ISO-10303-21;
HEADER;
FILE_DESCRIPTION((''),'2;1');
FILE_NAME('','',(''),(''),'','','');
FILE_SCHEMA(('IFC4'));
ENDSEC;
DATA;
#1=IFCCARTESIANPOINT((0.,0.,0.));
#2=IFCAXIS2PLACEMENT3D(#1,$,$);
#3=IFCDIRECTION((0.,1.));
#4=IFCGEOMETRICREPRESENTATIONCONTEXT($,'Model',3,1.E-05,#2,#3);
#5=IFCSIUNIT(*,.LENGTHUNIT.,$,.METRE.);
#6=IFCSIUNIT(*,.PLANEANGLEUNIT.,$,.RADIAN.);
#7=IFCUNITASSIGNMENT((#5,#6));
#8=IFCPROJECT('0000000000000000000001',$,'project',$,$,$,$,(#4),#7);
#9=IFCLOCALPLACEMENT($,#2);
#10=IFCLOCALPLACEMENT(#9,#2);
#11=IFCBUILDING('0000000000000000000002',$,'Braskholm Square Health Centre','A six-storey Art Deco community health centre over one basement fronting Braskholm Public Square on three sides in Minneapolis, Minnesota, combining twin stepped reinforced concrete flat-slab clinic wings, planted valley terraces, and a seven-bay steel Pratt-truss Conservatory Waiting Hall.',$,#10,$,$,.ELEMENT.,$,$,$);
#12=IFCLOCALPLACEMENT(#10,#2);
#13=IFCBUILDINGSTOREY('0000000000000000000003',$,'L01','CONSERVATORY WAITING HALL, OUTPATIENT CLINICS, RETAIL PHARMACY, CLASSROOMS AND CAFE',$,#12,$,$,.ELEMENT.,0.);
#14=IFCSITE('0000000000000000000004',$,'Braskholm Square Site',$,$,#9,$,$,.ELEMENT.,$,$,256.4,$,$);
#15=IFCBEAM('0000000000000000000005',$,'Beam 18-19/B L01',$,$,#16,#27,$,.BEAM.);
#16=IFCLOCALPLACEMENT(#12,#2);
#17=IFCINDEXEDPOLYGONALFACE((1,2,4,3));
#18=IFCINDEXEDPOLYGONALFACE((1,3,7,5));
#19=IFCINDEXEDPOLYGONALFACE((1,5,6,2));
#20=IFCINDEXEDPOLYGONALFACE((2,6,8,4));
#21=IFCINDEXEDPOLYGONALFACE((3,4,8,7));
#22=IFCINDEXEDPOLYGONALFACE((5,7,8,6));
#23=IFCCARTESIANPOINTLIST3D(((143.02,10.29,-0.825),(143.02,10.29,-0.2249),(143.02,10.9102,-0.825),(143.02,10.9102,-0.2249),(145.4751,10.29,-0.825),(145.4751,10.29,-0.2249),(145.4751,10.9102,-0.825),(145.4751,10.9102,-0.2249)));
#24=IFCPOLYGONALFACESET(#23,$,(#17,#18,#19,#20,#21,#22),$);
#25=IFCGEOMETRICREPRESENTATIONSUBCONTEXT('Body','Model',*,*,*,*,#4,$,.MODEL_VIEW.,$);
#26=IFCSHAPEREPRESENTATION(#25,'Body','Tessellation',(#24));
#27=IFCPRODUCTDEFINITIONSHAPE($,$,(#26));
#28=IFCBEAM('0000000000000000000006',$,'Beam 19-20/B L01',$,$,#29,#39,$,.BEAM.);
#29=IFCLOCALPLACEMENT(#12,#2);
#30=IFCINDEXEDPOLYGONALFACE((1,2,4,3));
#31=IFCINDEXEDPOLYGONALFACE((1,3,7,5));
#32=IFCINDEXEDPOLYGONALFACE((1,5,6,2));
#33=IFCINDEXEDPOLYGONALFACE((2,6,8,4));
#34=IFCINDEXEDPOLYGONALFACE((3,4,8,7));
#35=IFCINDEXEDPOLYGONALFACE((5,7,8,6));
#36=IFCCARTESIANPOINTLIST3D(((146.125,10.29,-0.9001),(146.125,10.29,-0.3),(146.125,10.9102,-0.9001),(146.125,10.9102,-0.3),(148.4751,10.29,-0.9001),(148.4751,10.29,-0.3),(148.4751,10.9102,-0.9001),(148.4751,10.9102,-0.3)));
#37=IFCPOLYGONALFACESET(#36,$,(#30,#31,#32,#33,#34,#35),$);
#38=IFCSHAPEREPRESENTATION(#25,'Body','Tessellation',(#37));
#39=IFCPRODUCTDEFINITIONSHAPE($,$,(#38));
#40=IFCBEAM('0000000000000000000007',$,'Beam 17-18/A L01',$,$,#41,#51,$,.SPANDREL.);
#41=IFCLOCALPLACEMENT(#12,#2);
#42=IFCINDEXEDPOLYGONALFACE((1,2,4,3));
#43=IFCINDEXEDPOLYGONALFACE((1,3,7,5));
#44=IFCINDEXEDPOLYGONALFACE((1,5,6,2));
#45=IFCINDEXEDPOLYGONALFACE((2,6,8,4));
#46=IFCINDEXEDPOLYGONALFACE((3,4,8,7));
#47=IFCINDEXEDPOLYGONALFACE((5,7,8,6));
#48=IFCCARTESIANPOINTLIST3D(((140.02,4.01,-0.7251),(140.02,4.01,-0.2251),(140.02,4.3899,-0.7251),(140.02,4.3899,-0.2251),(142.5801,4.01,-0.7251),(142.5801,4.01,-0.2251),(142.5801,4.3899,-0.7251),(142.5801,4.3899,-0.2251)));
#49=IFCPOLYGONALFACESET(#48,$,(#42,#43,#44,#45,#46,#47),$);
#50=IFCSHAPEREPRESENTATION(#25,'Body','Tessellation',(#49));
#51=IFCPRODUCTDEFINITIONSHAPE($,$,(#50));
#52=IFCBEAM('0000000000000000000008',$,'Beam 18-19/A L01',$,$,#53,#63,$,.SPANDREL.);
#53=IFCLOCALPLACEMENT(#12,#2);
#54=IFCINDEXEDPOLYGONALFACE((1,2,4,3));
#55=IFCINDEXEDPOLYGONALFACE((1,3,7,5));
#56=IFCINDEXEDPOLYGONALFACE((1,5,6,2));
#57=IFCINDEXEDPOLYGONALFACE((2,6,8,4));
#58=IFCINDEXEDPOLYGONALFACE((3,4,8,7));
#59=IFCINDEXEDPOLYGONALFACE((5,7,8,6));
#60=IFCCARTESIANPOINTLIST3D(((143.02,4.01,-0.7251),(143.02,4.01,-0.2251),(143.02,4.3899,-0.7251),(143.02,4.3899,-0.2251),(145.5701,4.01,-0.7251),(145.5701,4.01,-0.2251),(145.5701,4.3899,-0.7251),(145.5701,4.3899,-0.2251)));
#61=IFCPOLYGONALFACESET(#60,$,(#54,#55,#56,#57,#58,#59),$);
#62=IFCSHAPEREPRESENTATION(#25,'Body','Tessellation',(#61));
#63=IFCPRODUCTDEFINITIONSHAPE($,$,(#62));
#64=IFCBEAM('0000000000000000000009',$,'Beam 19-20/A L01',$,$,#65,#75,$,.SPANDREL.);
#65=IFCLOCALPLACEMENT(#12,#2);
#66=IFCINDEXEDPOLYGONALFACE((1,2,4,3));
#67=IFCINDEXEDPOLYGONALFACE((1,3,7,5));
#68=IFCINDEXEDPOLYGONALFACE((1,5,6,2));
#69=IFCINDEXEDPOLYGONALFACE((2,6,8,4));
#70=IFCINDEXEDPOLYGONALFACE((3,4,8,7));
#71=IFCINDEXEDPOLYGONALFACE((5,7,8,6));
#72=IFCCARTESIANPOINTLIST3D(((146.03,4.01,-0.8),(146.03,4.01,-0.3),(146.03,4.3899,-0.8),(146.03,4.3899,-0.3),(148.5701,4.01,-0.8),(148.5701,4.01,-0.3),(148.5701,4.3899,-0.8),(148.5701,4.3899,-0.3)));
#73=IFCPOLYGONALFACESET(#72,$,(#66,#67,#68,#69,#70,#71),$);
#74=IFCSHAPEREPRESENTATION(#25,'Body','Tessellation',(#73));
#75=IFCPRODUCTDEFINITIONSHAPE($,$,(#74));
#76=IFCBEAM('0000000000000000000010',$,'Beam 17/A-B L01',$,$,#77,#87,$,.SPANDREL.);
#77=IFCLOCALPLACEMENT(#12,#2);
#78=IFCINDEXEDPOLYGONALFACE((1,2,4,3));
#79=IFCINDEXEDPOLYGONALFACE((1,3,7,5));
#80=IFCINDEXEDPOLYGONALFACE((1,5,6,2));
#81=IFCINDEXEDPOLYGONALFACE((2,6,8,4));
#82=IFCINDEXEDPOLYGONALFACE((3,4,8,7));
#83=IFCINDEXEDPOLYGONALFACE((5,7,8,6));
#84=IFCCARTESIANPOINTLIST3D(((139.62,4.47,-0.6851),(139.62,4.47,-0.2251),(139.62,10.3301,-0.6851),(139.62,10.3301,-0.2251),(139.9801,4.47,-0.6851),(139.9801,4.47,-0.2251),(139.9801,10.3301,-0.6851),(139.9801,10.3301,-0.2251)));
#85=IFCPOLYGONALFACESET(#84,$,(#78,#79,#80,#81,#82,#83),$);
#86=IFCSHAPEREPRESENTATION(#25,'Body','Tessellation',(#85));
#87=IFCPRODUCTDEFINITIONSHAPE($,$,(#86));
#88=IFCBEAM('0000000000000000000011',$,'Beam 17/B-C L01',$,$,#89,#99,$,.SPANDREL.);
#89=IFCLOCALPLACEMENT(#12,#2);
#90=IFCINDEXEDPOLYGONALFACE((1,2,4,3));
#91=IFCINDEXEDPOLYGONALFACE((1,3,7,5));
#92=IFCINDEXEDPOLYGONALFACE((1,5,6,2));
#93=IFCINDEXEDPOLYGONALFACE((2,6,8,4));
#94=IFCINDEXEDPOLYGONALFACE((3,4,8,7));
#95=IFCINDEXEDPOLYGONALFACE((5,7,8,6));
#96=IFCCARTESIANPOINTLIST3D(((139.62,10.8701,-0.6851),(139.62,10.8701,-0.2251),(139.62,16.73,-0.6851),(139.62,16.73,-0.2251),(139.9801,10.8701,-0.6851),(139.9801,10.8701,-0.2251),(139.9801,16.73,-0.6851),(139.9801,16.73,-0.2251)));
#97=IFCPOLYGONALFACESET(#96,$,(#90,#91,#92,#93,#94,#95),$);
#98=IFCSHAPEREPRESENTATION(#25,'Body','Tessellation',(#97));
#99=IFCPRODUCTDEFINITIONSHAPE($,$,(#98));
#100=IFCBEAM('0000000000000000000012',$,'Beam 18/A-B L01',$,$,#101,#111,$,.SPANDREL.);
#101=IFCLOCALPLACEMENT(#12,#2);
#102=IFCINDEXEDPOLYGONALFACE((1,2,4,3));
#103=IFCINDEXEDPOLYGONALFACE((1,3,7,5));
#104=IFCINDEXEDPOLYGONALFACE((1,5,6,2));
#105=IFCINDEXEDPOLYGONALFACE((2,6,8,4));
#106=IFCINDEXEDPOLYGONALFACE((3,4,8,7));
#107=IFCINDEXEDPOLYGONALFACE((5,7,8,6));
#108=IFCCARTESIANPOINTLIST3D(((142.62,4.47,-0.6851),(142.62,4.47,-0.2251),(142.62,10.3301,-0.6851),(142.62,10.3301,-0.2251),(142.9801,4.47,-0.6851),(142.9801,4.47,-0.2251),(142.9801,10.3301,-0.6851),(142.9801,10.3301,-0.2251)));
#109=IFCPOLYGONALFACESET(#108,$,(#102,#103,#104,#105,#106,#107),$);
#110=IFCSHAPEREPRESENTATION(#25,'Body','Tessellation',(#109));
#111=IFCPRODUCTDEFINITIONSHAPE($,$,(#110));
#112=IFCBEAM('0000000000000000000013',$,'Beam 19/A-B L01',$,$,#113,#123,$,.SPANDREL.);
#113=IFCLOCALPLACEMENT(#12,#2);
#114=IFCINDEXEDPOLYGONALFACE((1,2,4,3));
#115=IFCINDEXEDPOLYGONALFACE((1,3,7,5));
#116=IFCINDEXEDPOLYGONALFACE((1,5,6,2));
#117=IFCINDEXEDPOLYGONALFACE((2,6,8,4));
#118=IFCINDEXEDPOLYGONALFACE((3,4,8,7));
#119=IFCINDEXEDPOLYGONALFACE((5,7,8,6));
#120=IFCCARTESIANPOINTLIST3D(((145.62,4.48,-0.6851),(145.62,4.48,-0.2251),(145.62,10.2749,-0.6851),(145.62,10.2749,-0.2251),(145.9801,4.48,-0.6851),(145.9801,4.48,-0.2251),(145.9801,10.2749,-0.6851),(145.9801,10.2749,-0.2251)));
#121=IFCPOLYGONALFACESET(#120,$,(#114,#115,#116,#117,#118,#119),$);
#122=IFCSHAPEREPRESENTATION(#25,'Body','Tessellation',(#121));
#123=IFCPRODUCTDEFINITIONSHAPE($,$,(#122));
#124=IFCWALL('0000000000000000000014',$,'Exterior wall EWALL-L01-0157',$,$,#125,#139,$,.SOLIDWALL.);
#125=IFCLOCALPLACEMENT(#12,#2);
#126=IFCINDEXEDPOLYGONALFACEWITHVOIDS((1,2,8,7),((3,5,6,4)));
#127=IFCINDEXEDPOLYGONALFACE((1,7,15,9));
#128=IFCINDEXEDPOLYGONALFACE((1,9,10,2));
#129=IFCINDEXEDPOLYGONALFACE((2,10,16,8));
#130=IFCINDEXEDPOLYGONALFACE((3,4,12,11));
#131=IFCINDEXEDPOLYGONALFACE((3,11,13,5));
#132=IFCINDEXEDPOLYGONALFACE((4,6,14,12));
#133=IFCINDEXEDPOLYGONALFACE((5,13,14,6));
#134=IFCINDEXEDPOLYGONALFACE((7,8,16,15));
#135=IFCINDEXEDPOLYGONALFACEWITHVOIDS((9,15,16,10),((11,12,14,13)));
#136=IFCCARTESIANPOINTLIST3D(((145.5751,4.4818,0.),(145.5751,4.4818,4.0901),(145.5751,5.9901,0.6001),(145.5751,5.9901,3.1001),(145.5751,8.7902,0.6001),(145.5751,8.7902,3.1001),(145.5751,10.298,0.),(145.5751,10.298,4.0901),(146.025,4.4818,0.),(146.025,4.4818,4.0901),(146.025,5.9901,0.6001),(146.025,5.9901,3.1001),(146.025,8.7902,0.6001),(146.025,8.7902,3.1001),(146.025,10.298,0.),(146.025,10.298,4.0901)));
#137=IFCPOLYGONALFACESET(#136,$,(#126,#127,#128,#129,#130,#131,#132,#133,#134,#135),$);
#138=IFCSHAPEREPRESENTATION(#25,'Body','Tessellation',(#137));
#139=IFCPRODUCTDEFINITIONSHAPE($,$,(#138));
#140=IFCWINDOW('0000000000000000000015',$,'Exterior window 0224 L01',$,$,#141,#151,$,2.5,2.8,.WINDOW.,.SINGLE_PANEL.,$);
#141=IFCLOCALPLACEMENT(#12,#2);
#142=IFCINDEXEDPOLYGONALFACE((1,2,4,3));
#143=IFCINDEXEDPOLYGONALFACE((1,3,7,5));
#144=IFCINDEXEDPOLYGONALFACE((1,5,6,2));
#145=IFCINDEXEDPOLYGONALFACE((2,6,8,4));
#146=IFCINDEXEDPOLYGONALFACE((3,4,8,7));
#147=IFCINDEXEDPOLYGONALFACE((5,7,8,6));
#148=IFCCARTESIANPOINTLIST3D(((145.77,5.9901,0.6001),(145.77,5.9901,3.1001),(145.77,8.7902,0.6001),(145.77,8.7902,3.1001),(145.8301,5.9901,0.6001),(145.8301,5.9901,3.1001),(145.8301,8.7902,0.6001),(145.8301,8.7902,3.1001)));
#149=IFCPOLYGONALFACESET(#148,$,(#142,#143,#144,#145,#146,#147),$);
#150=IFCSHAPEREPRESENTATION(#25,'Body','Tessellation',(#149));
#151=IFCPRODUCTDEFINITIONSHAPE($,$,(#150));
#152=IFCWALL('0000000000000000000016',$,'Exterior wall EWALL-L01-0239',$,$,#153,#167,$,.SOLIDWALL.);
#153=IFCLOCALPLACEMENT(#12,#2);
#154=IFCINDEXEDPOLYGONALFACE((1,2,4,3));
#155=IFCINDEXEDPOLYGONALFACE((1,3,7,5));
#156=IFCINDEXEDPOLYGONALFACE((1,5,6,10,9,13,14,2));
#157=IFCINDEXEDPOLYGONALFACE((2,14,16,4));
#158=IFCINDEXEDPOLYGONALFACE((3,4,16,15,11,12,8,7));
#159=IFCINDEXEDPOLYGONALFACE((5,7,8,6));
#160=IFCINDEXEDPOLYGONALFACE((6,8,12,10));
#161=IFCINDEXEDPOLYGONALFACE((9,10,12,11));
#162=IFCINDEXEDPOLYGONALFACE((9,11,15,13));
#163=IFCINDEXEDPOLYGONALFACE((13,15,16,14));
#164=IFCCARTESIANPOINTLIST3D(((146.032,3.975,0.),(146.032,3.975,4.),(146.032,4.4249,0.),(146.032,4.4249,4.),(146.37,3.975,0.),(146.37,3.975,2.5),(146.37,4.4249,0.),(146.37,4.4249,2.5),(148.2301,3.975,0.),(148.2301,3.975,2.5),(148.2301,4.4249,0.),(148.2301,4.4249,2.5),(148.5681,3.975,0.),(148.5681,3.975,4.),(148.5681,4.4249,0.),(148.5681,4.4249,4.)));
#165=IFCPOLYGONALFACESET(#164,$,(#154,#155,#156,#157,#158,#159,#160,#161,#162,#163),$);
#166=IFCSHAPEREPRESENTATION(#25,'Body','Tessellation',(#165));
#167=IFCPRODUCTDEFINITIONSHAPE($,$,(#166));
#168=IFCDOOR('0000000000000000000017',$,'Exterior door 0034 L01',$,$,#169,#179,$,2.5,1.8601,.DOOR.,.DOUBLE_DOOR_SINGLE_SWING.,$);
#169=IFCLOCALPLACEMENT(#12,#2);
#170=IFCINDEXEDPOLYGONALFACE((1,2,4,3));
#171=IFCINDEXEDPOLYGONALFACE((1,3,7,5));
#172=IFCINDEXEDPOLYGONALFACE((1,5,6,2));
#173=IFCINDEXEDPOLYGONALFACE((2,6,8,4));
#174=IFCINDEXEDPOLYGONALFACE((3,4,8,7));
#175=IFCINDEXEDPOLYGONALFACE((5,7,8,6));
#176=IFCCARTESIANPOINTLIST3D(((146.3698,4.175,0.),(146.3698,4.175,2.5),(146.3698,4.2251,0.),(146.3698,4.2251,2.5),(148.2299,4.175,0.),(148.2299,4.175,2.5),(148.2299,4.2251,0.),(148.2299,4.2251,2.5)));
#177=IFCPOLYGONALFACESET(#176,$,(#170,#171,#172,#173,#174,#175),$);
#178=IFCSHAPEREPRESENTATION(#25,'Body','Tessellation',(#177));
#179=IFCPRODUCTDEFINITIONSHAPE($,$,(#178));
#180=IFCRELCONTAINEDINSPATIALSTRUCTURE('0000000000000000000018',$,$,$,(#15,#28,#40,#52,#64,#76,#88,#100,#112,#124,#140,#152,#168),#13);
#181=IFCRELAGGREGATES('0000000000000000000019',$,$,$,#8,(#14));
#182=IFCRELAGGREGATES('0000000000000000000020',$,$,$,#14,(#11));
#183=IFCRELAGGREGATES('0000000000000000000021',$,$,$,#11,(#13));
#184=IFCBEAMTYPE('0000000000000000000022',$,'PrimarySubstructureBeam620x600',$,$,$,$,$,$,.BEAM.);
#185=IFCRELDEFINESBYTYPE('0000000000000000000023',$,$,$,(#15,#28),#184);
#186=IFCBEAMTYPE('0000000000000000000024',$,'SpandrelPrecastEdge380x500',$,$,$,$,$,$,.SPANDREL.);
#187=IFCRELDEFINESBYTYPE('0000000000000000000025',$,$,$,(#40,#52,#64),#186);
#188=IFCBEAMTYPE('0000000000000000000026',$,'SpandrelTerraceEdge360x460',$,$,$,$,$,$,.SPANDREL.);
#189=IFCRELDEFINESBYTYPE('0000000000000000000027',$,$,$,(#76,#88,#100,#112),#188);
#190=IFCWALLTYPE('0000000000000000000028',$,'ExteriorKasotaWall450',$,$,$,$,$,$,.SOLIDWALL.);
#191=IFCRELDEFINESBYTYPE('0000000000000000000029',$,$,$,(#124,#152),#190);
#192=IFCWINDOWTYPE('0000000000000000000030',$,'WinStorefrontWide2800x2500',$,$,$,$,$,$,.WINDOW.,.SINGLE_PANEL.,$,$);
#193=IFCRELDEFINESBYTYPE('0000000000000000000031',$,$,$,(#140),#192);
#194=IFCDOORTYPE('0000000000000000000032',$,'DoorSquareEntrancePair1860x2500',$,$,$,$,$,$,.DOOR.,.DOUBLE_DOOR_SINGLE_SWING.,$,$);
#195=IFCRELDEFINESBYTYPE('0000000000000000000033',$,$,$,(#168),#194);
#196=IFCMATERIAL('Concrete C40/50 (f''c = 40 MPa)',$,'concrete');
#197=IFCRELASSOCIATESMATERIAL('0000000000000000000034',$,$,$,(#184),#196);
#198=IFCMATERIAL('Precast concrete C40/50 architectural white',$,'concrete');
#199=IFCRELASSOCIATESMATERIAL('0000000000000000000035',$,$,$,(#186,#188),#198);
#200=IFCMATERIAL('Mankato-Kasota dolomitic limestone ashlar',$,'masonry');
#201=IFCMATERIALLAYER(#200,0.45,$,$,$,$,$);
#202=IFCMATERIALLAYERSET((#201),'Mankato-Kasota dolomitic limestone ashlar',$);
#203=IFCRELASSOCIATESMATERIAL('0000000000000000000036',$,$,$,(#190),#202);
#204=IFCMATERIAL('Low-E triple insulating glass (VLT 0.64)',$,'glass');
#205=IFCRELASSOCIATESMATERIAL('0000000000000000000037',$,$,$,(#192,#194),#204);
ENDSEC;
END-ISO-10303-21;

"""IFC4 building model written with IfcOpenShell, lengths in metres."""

from ifc_helpers import new_model, si_unit, direction, frame, frame_2d, origin, origin_with_axes, origin_2d, place, context, subcontext, project, spatial, rectangle, extrude, material, layer, layer_set, material_profile, profile_set, type_object, element, fill, save


model = new_model("IFC4")

# Units and contexts
model_context = context("Model", 3, precision=1e-05, world=origin(), true_north=direction((0.0, 1.0)))
body_context = subcontext(model_context, "Body", "Model", "MODEL_VIEW")
ifc_project = project(units=[si_unit("LENGTHUNIT", "METRE"), si_unit("PLANEANGLEUNIT", "RADIAN")], contexts=[model_context])

# Site, building, storey
site_placement = place(None, origin())
site = spatial("IfcSite", under=ifc_project, at=site_placement, Name="Braskholm Square Site", CompositionType="ELEMENT", RefElevation=256.4)
building_placement = place(site_placement, origin())
building = spatial("IfcBuilding", under=site, at=building_placement, Name="Braskholm Square Health Centre", Description="A six-storey Art Deco community health centre over one basement fronting Braskholm Public Square on three sides in Minneapolis, Minnesota, combining twin stepped reinforced concrete flat-slab clinic wings, planted valley terraces, and a seven-bay steel Pratt-truss Conservatory Waiting Hall.", CompositionType="ELEMENT")
storey_placement = place(building_placement, origin())
storey = spatial("IfcBuildingStorey", under=building, at=storey_placement, Name="L01", Description="CONSERVATORY WAITING HALL, OUTPATIENT CLINICS, RETAIL PHARMACY, CLASSROOMS AND CAFE", CompositionType="ELEMENT", Elevation=0.0)

# Shared definitions
ifc_material_1 = material(Name="Concrete C40/50 (f'c = 40 MPa)", Category="concrete")
ifc_material_2 = material(Name="Precast concrete C40/50 architectural white", Category="concrete")

# Beams
ifc_material_profile_1 = material_profile(ifc_material_1, rectangle(XDim=0.6201, YDim=0.6001, at=origin_2d()), Name="RCB-620X600")
ifc_profile_set_1 = profile_set([ifc_material_profile_1], Name="Concrete C40/50 (f'c = 40 MPa)")
beam_type_1 = type_object("IfcBeamType", Name="PrimarySubstructureBeam620x600", PredefinedType="BEAM", material=ifc_profile_set_1)
beam_1_placement = place(storey_placement, frame((143.02, 10.6001, -0.5249), z_axis=(1.0, 0.0, 0.0), x_axis=(0.0, 1.0, 0.0)))
element("IfcBeam", 1, at=beam_1_placement, inside=storey, type_object=beam_type_1, Name="Beam 18-19/B L01", PredefinedType="BEAM", context=body_context, shape_type="SweptSolid", body=[
    extrude(rectangle(XDim=0.6201, YDim=0.6001, at=origin_2d()), origin(), (0.0, 0.0, 1.0), 2.4551),
])
beam_2_placement = place(storey_placement, frame((146.125, 10.6001, -0.6001), z_axis=(1.0, 0.0, 0.0), x_axis=(0.0, 1.0, 0.0)))
element("IfcBeam", 2, at=beam_2_placement, inside=storey, type_object=beam_type_1, Name="Beam 19-20/B L01", PredefinedType="BEAM", context=body_context, shape_type="SweptSolid", body=[
    extrude(rectangle(XDim=0.6201, YDim=0.6001, at=origin_2d()), origin(), (0.0, 0.0, 1.0), 2.3501),
])
ifc_material_profile_2 = material_profile(ifc_material_2, rectangle(XDim=0.3799, YDim=0.5, at=origin_2d()), Name="RCB-380X500")
ifc_profile_set_2 = profile_set([ifc_material_profile_2], Name="Precast concrete C40/50 architectural white")
beam_type_2 = type_object("IfcBeamType", Name="SpandrelPrecastEdge380x500", PredefinedType="SPANDREL", material=ifc_profile_set_2)
beam_3_placement = place(storey_placement, frame((140.02, 4.2, -0.4751), z_axis=(1.0, 0.0, 0.0), x_axis=(0.0, 1.0, 0.0)))
element("IfcBeam", 3, at=beam_3_placement, inside=storey, type_object=beam_type_2, Name="Beam 17-18/A L01", PredefinedType="SPANDREL", context=body_context, shape_type="SweptSolid", body=[
    extrude(rectangle(XDim=0.3799, YDim=0.5, at=origin_2d()), origin(), (0.0, 0.0, 1.0), 2.5601),
])
beam_4_placement = place(storey_placement, frame((143.02, 4.2, -0.4751), z_axis=(1.0, 0.0, 0.0), x_axis=(0.0, 1.0, 0.0)))
element("IfcBeam", 4, at=beam_4_placement, inside=storey, type_object=beam_type_2, Name="Beam 18-19/A L01", PredefinedType="SPANDREL", context=body_context, shape_type="SweptSolid", body=[
    extrude(rectangle(XDim=0.3799, YDim=0.5, at=origin_2d()), origin(), (0.0, 0.0, 1.0), 2.55),
])
beam_5_placement = place(storey_placement, frame((146.03, 4.2, -0.55), z_axis=(1.0, 0.0, 0.0), x_axis=(0.0, 1.0, 0.0)))
element("IfcBeam", 5, at=beam_5_placement, inside=storey, type_object=beam_type_2, Name="Beam 19-20/A L01", PredefinedType="SPANDREL", context=body_context, shape_type="SweptSolid", body=[
    extrude(rectangle(XDim=0.3799, YDim=0.5, at=origin_2d()), origin(), (0.0, 0.0, 1.0), 2.54),
])
ifc_material_profile_3 = material_profile(ifc_material_2, rectangle(XDim=0.3601, YDim=0.46, at=origin_2d()), Name="RCB-360X460")
ifc_profile_set_3 = profile_set([ifc_material_profile_3], Name="Precast concrete C40/50 architectural white")
beam_type_3 = type_object("IfcBeamType", Name="SpandrelTerraceEdge360x460", PredefinedType="SPANDREL", material=ifc_profile_set_3)
beam_6_placement = place(storey_placement, frame((139.8, 4.47, -0.4551), z_axis=(0.0, 1.0, 0.0), x_axis=(-1.0, 0.0, 0.0)))
element("IfcBeam", 6, at=beam_6_placement, inside=storey, type_object=beam_type_3, Name="Beam 17/A-B L01", PredefinedType="SPANDREL", context=body_context, shape_type="SweptSolid", body=[
    extrude(rectangle(XDim=0.3601, YDim=0.46, at=origin_2d()), origin(), (0.0, 0.0, 1.0), 5.8601),
])
beam_7_placement = place(storey_placement, frame((139.8, 10.8701, -0.4551), z_axis=(0.0, 1.0, 0.0), x_axis=(-1.0, 0.0, 0.0)))
element("IfcBeam", 7, at=beam_7_placement, inside=storey, type_object=beam_type_3, Name="Beam 17/B-C L01", PredefinedType="SPANDREL", context=body_context, shape_type="SweptSolid", body=[
    extrude(rectangle(XDim=0.3601, YDim=0.46, at=origin_2d()), origin(), (0.0, 0.0, 1.0), 5.8599),
])
beam_8_placement = place(storey_placement, frame((142.8, 4.47, -0.4551), z_axis=(0.0, 1.0, 0.0), x_axis=(-1.0, 0.0, 0.0)))
element("IfcBeam", 8, at=beam_8_placement, inside=storey, type_object=beam_type_3, Name="Beam 18/A-B L01", PredefinedType="SPANDREL", context=body_context, shape_type="SweptSolid", body=[
    extrude(rectangle(XDim=0.3601, YDim=0.46, at=origin_2d()), origin(), (0.0, 0.0, 1.0), 5.8601),
])
beam_9_placement = place(storey_placement, frame((145.8, 4.48, -0.4551), z_axis=(0.0, 1.0, 0.0), x_axis=(-1.0, 0.0, 0.0)))
element("IfcBeam", 9, at=beam_9_placement, inside=storey, type_object=beam_type_3, Name="Beam 19/A-B L01", PredefinedType="SPANDREL", context=body_context, shape_type="SweptSolid", body=[
    extrude(rectangle(XDim=0.3601, YDim=0.46, at=origin_2d()), origin(), (0.0, 0.0, 1.0), 5.7949),
])

# Wall, opening, window
ifc_material_3 = material(Name="Mankato-Kasota dolomitic limestone ashlar", Category="masonry")
ifc_layer_1 = layer(ifc_material_3, 0.45)
ifc_layer_set_1 = layer_set([ifc_layer_1], Name="Mankato-Kasota dolomitic limestone ashlar")
wall_type = type_object("IfcWallType", Name="ExteriorKasotaWall450", PredefinedType="SOLIDWALL", material=ifc_layer_set_1)
wall_1_placement = place(storey_placement, frame((145.8, 10.2981, 0.0), z_axis=(0.0, 0.0, 1.0), x_axis=(0.0, -1.0, 0.0)))
wall_1 = element("IfcWall", 10, at=wall_1_placement, inside=storey, type_object=wall_type, Name="Exterior wall EWALL-L01-0157", PredefinedType="SOLIDWALL", context=body_context, shape_type="SweptSolid", body=[
    extrude(rectangle(XDim=5.8162, YDim=0.45, at=frame_2d((2.9082, 0.0))), origin(), (0.0, 0.0, 1.0), 4.0901),
])
opening_1_placement = place(wall_1_placement, frame((1.5081, 0.0, 0.6001)))
opening_1 = element("IfcOpeningElement", 11, at=opening_1_placement, cuts=wall_1, PredefinedType="OPENING", context=body_context, shape_type="SweptSolid", body=[
    extrude(rectangle(XDim=2.8, YDim=2.5, at=frame_2d((1.3999, 1.25))), frame((0.0, 0.2349, 0.0), z_axis=(0.0, -1.0, 0.0), x_axis=(1.0, 0.0, 0.0)), (0.0, 0.0, 1.0), 0.47),
])
ifc_material_4 = material(Name="Low-E triple insulating glass (VLT 0.64)", Category="glass")
window_type = type_object("IfcWindowType", Name="WinStorefrontWide2800x2500", PartitioningType="SINGLE_PANEL", PredefinedType="WINDOW", material=ifc_material_4)
window_placement = place(opening_1_placement, origin_with_axes())
window = element("IfcWindow", 12, at=window_placement, inside=storey, type_object=window_type, Name="Exterior window 0224 L01", OverallHeight=2.5, OverallWidth=2.8, PartitioningType="SINGLE_PANEL", PredefinedType="WINDOW", context=body_context, shape_type="SweptSolid", body=[
    extrude(rectangle(XDim=2.8, YDim=2.5, at=frame_2d((1.3999, 1.25))), frame((0.0, 0.03, 0.0), z_axis=(0.0, -1.0, 0.0), x_axis=(1.0, 0.0, 0.0)), (0.0, 0.0, 1.0), 0.0601),
])
fill(opening_1, window)

# Wall, opening, door
wall_2_placement = place(storey_placement, frame((146.032, 4.2, 0.0), z_axis=(0.0, 0.0, 1.0), x_axis=(1.0, 0.0, 0.0)))
wall_2 = element("IfcWall", 13, at=wall_2_placement, inside=storey, type_object=wall_type, Name="Exterior wall EWALL-L01-0239", PredefinedType="SOLIDWALL", context=body_context, shape_type="SweptSolid", body=[
    extrude(rectangle(XDim=2.5361, YDim=0.45, at=frame_2d((1.2681, 0.0))), origin(), (0.0, 0.0, 1.0), 4.0),
])
opening_2_placement = place(wall_2_placement, frame((0.3379, 0.0, 0.0)))
opening_2 = element("IfcOpeningElement", 14, at=opening_2_placement, cuts=wall_2, PredefinedType="OPENING", context=body_context, shape_type="SweptSolid", body=[
    extrude(rectangle(XDim=1.8601, YDim=2.5, at=frame_2d((0.9302, 1.25))), frame((0.0, 0.2349, 0.0), z_axis=(0.0, -1.0, 0.0), x_axis=(1.0, 0.0, 0.0)), (0.0, 0.0, 1.0), 0.47),
])
door_type = type_object("IfcDoorType", Name="DoorSquareEntrancePair1860x2500", OperationType="DOUBLE_DOOR_SINGLE_SWING", PredefinedType="DOOR", material=ifc_material_4)
door_placement = place(opening_2_placement, frame((1.8601, 0.0, 0.0), z_axis=(0.0, 0.0, 1.0), x_axis=(-1.0, 0.0, 0.0)))
door = element("IfcDoor", 15, at=door_placement, inside=storey, type_object=door_type, Name="Exterior door 0034 L01", OperationType="DOUBLE_DOOR_SINGLE_SWING", OverallHeight=2.5, OverallWidth=1.8601, PredefinedType="DOOR", context=body_context, shape_type="SweptSolid", body=[
    extrude(rectangle(XDim=1.8601, YDim=2.5, at=frame_2d((0.9302, 1.25))), frame((0.0, 0.0249, 0.0), z_axis=(0.0, -1.0, 0.0), x_axis=(1.0, 0.0, 0.0)), (0.0, 0.0, 1.0), 0.05),
])
fill(opening_2, door)

save(model, "model.ifc")
